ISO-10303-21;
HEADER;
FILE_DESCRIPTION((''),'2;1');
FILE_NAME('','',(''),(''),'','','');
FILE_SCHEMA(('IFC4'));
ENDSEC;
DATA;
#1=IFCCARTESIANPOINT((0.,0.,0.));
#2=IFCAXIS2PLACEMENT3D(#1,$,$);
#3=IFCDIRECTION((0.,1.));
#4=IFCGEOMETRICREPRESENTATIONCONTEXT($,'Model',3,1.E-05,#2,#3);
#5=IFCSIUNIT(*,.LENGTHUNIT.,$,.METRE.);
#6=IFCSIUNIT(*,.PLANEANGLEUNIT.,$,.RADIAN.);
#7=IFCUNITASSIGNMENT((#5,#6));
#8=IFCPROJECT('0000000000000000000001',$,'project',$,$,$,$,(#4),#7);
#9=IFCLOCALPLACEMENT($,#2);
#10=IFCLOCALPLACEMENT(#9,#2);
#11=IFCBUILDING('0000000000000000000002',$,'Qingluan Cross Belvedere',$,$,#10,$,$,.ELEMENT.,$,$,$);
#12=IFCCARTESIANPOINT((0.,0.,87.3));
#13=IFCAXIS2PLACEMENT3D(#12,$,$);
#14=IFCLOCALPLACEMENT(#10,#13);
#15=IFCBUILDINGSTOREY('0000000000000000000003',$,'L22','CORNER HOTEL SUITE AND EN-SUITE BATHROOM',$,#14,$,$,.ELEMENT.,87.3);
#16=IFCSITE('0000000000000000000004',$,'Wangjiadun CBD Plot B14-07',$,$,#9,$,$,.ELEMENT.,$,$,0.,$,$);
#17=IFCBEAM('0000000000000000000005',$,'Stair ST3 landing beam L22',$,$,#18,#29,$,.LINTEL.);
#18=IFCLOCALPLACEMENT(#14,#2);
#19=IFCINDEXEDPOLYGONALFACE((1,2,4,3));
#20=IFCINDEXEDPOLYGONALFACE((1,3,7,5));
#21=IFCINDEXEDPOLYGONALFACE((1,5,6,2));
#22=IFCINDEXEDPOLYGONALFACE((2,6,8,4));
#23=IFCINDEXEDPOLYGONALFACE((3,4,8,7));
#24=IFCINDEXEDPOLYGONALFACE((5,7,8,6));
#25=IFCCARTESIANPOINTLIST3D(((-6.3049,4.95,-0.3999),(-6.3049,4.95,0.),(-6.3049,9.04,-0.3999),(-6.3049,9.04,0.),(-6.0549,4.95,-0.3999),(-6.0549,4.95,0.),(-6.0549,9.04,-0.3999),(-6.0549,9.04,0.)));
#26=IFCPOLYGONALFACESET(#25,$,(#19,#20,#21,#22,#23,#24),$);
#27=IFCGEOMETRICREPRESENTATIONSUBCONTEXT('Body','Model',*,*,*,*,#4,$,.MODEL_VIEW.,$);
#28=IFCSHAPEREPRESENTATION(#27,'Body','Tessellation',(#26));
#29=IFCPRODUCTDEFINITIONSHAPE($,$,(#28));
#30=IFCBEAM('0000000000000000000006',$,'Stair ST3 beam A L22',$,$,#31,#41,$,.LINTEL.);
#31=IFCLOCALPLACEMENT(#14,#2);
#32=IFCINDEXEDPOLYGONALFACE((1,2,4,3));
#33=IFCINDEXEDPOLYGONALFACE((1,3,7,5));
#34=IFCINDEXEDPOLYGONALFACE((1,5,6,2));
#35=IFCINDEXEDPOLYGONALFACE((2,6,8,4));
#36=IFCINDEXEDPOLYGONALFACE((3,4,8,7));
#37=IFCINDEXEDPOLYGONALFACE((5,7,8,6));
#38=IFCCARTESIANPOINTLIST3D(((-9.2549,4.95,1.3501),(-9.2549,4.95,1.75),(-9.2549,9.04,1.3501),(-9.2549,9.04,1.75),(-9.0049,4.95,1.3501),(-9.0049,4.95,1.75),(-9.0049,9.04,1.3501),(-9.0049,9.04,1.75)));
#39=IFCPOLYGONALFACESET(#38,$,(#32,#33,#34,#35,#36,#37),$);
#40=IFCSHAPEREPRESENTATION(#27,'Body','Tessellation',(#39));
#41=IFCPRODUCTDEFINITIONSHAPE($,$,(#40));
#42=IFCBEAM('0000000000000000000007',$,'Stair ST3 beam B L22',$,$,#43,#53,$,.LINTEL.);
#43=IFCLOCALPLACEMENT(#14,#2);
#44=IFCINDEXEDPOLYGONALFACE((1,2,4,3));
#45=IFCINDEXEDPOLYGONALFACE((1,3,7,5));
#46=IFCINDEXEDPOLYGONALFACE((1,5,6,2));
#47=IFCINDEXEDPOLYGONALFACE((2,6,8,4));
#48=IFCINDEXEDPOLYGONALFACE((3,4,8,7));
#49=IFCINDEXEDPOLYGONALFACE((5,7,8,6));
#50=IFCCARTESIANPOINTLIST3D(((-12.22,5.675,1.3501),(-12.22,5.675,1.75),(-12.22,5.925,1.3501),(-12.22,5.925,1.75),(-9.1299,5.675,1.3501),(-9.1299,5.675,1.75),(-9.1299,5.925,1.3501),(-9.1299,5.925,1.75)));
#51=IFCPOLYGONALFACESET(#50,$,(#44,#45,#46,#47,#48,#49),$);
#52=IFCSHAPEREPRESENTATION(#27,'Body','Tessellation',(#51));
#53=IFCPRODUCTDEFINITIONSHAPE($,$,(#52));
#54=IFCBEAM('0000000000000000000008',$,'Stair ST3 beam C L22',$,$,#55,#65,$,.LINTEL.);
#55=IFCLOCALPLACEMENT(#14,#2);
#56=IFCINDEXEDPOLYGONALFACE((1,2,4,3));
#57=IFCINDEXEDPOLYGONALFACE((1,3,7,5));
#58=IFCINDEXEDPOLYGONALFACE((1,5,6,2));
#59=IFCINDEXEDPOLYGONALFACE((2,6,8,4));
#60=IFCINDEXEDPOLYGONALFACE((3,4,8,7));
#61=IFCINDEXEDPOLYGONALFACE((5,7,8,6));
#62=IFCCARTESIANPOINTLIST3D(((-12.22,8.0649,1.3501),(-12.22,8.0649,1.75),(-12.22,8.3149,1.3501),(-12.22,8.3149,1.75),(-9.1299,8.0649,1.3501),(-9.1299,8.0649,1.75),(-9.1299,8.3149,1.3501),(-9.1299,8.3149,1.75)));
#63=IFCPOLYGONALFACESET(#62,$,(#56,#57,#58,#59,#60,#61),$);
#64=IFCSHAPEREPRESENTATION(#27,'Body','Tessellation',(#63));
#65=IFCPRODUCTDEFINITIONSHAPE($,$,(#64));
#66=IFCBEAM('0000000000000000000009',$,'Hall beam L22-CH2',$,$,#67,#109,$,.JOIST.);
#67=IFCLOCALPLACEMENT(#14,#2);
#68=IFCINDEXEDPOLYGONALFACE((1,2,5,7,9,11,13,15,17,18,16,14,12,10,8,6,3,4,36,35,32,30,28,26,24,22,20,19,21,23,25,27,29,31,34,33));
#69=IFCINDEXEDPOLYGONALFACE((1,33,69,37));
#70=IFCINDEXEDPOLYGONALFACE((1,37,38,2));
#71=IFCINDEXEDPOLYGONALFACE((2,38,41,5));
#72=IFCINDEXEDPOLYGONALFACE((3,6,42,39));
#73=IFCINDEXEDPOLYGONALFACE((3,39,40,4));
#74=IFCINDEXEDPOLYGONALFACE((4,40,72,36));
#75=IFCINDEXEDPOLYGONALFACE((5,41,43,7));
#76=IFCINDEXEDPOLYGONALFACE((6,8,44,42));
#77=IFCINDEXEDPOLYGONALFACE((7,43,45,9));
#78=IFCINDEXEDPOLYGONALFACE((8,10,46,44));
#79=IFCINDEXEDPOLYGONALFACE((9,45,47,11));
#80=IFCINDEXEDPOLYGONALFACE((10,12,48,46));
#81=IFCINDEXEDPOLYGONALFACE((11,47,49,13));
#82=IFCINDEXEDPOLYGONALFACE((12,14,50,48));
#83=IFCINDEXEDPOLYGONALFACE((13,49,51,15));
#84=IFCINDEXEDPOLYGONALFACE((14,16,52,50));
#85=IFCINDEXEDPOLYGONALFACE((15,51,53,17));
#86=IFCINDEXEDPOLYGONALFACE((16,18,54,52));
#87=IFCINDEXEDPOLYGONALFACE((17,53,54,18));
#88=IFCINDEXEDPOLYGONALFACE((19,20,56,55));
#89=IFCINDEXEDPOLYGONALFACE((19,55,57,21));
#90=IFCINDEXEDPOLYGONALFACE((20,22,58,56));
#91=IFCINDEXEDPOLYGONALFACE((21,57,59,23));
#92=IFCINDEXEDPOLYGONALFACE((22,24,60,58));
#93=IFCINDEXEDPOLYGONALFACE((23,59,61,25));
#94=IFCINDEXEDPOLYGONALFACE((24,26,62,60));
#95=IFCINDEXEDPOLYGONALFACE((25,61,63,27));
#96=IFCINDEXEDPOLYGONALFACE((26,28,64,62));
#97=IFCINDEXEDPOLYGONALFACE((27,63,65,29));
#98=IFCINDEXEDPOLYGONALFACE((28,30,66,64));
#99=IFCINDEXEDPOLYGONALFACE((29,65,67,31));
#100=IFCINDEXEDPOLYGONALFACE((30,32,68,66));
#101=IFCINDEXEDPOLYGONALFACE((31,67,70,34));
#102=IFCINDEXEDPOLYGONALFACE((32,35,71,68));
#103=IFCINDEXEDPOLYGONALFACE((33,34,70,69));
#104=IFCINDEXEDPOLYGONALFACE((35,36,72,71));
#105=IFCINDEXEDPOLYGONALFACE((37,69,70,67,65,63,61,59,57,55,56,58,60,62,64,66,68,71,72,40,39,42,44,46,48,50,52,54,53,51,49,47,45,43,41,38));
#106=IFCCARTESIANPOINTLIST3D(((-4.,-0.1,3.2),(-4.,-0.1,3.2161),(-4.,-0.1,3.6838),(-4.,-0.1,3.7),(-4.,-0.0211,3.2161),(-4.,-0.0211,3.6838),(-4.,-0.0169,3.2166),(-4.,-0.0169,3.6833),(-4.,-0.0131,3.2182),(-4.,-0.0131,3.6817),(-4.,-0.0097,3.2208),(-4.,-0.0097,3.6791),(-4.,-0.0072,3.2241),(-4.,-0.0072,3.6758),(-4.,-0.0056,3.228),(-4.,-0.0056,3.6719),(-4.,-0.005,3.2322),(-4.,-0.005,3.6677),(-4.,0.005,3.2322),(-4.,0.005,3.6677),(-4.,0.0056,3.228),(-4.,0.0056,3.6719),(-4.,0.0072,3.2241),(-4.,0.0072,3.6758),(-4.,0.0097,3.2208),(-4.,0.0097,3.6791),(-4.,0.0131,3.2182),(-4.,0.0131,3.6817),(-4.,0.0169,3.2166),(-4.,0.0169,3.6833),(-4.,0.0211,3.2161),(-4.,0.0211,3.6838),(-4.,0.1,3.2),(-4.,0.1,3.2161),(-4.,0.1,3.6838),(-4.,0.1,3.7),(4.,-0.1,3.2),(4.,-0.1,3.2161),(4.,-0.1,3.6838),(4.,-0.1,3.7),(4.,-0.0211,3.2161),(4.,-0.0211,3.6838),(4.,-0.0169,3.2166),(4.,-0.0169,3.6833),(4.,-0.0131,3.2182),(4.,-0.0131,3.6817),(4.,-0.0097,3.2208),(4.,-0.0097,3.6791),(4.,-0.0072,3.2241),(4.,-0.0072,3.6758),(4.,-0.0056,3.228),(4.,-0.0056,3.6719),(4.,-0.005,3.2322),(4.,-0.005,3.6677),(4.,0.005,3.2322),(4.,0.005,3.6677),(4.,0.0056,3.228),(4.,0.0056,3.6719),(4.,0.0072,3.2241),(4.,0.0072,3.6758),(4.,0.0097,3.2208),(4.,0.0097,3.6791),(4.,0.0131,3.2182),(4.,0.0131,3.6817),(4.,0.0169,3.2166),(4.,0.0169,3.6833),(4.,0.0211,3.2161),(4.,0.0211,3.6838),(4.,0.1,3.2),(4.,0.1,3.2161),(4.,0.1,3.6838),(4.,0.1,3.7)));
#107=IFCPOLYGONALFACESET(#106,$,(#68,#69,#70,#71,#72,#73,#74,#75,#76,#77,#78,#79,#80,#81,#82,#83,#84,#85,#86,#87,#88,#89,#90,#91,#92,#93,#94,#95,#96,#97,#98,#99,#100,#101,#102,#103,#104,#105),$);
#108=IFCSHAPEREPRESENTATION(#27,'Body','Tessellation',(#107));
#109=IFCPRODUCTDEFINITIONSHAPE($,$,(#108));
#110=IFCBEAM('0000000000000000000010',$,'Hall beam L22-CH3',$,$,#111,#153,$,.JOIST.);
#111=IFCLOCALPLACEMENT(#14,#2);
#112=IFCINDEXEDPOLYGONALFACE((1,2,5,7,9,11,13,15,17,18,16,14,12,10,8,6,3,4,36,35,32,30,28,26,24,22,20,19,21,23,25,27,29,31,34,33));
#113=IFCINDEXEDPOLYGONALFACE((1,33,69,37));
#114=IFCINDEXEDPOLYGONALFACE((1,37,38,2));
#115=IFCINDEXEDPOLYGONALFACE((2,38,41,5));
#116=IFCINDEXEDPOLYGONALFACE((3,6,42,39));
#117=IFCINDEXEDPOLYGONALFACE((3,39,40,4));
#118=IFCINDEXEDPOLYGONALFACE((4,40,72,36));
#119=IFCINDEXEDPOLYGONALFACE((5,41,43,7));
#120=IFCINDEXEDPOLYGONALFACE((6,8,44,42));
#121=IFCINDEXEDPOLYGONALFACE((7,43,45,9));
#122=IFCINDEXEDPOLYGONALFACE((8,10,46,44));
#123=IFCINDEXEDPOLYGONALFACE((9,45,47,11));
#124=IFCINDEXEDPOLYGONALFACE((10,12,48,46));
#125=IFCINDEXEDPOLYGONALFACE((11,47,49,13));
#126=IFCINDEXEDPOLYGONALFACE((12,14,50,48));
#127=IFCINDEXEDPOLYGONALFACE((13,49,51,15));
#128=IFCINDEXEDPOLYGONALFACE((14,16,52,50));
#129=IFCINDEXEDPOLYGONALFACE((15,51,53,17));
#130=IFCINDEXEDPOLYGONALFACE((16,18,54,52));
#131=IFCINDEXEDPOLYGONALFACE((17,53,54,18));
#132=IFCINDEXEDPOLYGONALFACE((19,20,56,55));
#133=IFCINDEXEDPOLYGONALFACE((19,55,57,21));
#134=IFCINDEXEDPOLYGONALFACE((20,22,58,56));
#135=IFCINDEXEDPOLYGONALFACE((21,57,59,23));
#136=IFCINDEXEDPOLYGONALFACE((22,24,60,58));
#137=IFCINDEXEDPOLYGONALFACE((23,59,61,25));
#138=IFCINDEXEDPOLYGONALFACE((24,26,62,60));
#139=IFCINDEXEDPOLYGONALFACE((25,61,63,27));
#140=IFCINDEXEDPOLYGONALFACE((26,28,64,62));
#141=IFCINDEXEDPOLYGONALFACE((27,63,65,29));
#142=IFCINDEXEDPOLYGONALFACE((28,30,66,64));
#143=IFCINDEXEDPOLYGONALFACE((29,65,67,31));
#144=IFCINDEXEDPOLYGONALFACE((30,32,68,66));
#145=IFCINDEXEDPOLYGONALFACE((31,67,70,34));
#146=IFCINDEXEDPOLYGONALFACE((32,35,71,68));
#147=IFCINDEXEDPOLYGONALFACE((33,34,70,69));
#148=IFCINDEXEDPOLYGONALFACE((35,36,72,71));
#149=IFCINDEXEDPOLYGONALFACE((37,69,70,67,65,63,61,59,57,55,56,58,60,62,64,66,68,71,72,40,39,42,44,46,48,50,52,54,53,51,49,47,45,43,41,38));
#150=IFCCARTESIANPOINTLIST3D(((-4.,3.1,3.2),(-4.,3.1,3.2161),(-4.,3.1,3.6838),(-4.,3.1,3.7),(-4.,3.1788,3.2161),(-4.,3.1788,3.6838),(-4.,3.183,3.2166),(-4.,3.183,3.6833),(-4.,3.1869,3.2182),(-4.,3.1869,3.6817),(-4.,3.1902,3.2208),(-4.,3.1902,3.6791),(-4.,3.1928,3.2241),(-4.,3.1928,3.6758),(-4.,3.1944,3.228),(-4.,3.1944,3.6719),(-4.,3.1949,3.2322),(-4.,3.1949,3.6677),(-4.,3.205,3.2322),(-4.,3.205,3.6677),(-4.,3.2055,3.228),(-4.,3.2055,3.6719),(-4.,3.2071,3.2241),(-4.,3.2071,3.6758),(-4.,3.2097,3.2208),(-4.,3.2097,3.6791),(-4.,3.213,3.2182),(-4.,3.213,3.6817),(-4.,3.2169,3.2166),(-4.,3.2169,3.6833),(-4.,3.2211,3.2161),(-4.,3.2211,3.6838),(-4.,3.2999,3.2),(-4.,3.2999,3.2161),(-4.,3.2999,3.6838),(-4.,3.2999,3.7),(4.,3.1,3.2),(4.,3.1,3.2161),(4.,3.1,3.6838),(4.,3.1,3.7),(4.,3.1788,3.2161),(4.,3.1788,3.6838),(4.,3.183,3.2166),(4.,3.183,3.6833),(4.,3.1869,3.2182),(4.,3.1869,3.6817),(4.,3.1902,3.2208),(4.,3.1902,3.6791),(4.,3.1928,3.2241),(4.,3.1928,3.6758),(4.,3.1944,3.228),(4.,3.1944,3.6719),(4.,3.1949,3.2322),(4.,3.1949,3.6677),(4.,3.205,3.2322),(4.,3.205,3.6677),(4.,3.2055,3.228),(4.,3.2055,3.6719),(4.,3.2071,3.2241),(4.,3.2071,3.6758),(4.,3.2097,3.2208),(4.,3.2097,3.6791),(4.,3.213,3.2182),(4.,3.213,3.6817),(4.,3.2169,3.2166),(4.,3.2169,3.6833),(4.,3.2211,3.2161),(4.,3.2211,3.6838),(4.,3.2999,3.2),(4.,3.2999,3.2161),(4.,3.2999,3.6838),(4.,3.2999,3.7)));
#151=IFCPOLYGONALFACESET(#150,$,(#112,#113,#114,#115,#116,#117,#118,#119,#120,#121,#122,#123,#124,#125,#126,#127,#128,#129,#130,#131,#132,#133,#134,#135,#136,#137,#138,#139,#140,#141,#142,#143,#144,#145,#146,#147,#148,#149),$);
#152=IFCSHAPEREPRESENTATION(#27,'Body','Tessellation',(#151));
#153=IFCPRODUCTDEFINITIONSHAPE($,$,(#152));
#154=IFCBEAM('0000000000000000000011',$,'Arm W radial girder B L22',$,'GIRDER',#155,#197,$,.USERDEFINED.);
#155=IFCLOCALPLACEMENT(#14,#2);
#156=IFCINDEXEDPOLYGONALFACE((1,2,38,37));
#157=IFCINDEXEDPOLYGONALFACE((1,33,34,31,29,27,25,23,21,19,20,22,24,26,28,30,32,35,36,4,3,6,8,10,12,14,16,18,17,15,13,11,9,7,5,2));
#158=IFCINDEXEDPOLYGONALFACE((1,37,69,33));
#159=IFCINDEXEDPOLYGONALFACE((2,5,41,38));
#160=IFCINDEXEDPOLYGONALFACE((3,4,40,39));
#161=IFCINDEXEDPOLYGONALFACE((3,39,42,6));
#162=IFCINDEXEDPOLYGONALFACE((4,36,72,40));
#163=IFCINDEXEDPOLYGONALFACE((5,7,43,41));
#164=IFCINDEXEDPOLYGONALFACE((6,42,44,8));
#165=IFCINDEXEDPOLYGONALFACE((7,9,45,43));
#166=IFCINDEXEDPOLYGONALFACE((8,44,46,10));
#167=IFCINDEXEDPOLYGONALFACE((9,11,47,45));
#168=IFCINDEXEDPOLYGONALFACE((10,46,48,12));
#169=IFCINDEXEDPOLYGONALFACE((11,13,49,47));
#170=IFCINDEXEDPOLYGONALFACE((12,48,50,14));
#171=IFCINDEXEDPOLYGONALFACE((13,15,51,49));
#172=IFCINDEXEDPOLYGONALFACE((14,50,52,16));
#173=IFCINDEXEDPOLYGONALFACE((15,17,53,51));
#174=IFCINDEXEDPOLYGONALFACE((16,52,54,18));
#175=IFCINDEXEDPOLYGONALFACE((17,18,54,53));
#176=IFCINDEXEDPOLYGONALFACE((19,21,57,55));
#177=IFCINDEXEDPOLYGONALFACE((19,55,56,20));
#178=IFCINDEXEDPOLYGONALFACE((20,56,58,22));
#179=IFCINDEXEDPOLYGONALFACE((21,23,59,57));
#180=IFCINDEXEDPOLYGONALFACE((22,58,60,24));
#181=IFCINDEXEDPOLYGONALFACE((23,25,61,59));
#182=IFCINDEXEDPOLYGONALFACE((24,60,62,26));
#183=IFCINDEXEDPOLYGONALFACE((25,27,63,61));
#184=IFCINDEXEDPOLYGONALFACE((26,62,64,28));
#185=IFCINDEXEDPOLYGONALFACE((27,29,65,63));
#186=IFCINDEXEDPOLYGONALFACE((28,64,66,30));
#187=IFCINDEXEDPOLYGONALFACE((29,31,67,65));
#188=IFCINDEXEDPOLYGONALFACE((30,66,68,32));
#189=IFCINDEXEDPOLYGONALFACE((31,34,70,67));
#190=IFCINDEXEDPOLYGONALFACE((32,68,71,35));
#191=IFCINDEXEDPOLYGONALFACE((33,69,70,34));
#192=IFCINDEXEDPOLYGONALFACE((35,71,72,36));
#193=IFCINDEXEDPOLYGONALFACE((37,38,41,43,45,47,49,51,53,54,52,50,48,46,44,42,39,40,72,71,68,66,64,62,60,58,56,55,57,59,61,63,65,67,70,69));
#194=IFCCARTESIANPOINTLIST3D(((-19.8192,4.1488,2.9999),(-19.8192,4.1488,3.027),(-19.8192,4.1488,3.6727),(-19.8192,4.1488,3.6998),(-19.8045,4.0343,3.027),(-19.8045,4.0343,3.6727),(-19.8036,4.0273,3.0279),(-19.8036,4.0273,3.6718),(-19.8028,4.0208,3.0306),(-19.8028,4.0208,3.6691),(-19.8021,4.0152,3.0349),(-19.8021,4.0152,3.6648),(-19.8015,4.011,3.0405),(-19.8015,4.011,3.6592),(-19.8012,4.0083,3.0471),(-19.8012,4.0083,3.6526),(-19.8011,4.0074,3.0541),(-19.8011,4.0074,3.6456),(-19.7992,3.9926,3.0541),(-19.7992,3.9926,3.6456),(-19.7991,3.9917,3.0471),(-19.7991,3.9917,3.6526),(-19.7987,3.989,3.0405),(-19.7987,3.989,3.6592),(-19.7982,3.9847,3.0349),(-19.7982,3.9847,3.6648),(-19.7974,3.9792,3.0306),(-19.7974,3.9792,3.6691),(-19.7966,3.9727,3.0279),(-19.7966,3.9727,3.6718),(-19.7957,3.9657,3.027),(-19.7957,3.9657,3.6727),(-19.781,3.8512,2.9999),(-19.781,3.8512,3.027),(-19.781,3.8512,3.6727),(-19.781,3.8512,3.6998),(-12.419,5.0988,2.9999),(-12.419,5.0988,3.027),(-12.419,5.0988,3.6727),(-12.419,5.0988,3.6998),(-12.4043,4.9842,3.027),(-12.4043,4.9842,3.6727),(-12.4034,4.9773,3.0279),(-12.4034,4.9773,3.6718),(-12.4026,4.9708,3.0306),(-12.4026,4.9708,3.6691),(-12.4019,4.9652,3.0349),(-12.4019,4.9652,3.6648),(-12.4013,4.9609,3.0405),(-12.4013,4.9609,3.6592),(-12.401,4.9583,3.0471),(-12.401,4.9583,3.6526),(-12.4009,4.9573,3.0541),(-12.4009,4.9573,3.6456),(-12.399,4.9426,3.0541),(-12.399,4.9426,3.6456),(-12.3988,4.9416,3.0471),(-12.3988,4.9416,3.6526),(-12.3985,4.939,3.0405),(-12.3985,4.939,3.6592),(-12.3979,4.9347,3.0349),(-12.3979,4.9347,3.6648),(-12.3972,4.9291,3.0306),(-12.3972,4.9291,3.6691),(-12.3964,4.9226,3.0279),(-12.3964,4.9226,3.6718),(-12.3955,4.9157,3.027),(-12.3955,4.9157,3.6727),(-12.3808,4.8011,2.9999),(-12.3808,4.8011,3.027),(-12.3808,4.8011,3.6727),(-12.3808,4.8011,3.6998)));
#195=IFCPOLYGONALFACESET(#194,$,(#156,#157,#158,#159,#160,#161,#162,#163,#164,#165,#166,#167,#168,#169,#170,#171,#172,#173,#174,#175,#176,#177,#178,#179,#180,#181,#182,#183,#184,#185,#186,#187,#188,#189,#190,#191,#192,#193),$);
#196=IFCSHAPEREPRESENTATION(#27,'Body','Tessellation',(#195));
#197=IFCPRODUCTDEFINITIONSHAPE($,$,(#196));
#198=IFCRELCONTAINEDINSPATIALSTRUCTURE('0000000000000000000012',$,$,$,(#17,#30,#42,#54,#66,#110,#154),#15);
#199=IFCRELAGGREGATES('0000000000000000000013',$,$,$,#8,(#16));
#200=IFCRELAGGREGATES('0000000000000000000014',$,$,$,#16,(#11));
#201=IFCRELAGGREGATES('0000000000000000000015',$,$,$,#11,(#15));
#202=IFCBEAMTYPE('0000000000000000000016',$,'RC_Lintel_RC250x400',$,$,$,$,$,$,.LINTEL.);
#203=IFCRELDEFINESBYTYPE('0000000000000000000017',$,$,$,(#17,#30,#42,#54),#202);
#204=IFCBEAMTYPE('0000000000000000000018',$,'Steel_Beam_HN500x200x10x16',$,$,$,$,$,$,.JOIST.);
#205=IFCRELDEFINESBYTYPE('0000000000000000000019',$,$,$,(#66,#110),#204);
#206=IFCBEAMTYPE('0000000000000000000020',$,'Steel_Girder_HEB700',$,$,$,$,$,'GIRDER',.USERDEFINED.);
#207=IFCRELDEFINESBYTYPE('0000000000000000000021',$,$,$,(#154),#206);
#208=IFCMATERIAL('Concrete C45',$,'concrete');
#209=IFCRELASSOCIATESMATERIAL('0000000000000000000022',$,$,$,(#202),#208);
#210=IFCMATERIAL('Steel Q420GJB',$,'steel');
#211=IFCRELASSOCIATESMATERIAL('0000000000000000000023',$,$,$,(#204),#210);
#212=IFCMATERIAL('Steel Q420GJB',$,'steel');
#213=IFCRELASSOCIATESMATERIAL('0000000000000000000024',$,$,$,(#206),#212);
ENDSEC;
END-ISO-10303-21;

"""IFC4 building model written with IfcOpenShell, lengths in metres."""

from ifc_helpers import new_model, si_unit, direction, frame, origin, origin_2d, place, context, subcontext, project, spatial, rectangle, i_section, extrude, material, material_profile, profile_set, type_object, element, save


model = new_model("IFC4")

# Units and contexts
model_context = context("Model", 3, precision=1e-05, world=origin(), true_north=direction((0.0, 1.0)))
body_context = subcontext(model_context, "Body", "Model", "MODEL_VIEW")
ifc_project = project(units=[si_unit("LENGTHUNIT", "METRE"), si_unit("PLANEANGLEUNIT", "RADIAN")], contexts=[model_context])

# Site, building, storey
site_placement = place(None, origin())
site = spatial("IfcSite", under=ifc_project, at=site_placement, Name="Wangjiadun CBD Plot B14-07", CompositionType="ELEMENT", RefElevation=0.0)
building_placement = place(site_placement, origin())
building = spatial("IfcBuilding", under=site, at=building_placement, Name="Qingluan Cross Belvedere", CompositionType="ELEMENT")
storey_placement = place(building_placement, frame((0.0, 0.0, 87.3)))
storey = spatial("IfcBuildingStorey", under=building, at=storey_placement, Name="L22", Description="CORNER HOTEL SUITE AND EN-SUITE BATHROOM", CompositionType="ELEMENT", Elevation=87.3)

# Beams
ifc_material_1 = material(Name="Concrete C45", Category="concrete")
ifc_material_profile_1 = material_profile(ifc_material_1, rectangle(XDim=0.25, YDim=0.3999, at=origin_2d()), Name="RC250x400")
ifc_profile_set_1 = profile_set([ifc_material_profile_1], Name="Concrete C45")
beam_type_1 = type_object("IfcBeamType", Name="RC_Lintel_RC250x400", PredefinedType="LINTEL", material=ifc_profile_set_1)
for number, where, z_axis, x_axis, name in (
    (1, (-6.1799, 4.95, -0.2), (0.0, 1.0, 0.0), (-1.0, 0.0, 0.0), "Stair ST3 landing beam L22"),
    (2, (-9.1299, 4.95, 1.55), (0.0, 1.0, 0.0), (-1.0, 0.0, 0.0), "Stair ST3 beam A L22"),
):
    element("IfcBeam", number, at=place(storey_placement, frame(where, z_axis=z_axis, x_axis=x_axis)), inside=storey, type_object=beam_type_1, Name=name, PredefinedType="LINTEL", context=body_context, shape_type="SweptSolid", body=[
        extrude(rectangle(XDim=0.25, YDim=0.3999, at=origin_2d()), origin(), (0.0, 0.0, 1.0), 4.0901),
    ])
for number, where, z_axis, x_axis, name in (
    (3, (-12.22, 5.8, 1.55), (1.0, 0.0, 0.0), (0.0, 1.0, 0.0), "Stair ST3 beam B L22"),
    (4, (-12.22, 8.1899, 1.55), (1.0, 0.0, 0.0), (0.0, 1.0, 0.0), "Stair ST3 beam C L22"),
):
    element("IfcBeam", number, at=place(storey_placement, frame(where, z_axis=z_axis, x_axis=x_axis)), inside=storey, type_object=beam_type_1, Name=name, PredefinedType="LINTEL", context=body_context, shape_type="SweptSolid", body=[
        extrude(rectangle(XDim=0.25, YDim=0.3999, at=origin_2d()), origin(), (0.0, 0.0, 1.0), 3.0901),
    ])
ifc_material_2 = material(Name="Steel Q420GJB", Category="steel")
ifc_material_profile_2 = material_profile(ifc_material_2, i_section(OverallWidth=0.2, OverallDepth=0.5, WebThickness=0.01, FlangeThickness=0.0161, FilletRadius=0.0161, at=origin_2d()), Name="HN500x200x10x16")
ifc_profile_set_2 = profile_set([ifc_material_profile_2], Name="Steel Q420GJB")
beam_type_2 = type_object("IfcBeamType", Name="Steel_Beam_HN500x200x10x16", PredefinedType="JOIST", material=ifc_profile_set_2)
for number, where, z_axis, x_axis, name in (
    (5, (-4.0, 0.0, 3.45), (1.0, 0.0, 0.0), (0.0, 1.0, 0.0), "Hall beam L22-CH2"),
    (6, (-4.0, 3.2, 3.45), (1.0, 0.0, 0.0), (0.0, 1.0, 0.0), "Hall beam L22-CH3"),
):
    element("IfcBeam", number, at=place(storey_placement, frame(where, z_axis=z_axis, x_axis=x_axis)), inside=storey, type_object=beam_type_2, Name=name, PredefinedType="JOIST", context=body_context, shape_type="SweptSolid", body=[
        extrude(i_section(OverallWidth=0.2, OverallDepth=0.5, WebThickness=0.01, FlangeThickness=0.0161, FilletRadius=0.0161, at=origin_2d()), origin(), (0.0, 0.0, 1.0), 8.0),
    ])
ifc_material_3 = material(Name="Steel Q420GJB", Category="steel")
ifc_material_profile_3 = material_profile(ifc_material_3, i_section(OverallWidth=0.3, OverallDepth=0.7, WebThickness=0.0149, FlangeThickness=0.0271, FilletRadius=0.0271, at=origin_2d()), Name="HEB700")
ifc_profile_set_3 = profile_set([ifc_material_profile_3], Name="Steel Q420GJB")
beam_type_3 = type_object("IfcBeamType", Name="Steel_Girder_HEB700", ElementType="GIRDER", PredefinedType="USERDEFINED", material=ifc_profile_set_3)
beam_placement = place(storey_placement, frame((-12.3999, 4.95, 3.3499), z_axis=(-0.991861, -0.127324, 0.0), x_axis=(0.127324, -0.991861, 0.0)))
element("IfcBeam", 7, at=beam_placement, inside=storey, type_object=beam_type_3, Name="Arm W radial girder B L22", ObjectType="GIRDER", PredefinedType="USERDEFINED", context=body_context, shape_type="SweptSolid", body=[
    extrude(i_section(OverallWidth=0.3, OverallDepth=0.7, WebThickness=0.0149, FlangeThickness=0.0271, FilletRadius=0.0271, at=origin_2d()), origin(), (0.0, 0.0, 1.0), 7.4609),
])

save(model, "model.ifc")
